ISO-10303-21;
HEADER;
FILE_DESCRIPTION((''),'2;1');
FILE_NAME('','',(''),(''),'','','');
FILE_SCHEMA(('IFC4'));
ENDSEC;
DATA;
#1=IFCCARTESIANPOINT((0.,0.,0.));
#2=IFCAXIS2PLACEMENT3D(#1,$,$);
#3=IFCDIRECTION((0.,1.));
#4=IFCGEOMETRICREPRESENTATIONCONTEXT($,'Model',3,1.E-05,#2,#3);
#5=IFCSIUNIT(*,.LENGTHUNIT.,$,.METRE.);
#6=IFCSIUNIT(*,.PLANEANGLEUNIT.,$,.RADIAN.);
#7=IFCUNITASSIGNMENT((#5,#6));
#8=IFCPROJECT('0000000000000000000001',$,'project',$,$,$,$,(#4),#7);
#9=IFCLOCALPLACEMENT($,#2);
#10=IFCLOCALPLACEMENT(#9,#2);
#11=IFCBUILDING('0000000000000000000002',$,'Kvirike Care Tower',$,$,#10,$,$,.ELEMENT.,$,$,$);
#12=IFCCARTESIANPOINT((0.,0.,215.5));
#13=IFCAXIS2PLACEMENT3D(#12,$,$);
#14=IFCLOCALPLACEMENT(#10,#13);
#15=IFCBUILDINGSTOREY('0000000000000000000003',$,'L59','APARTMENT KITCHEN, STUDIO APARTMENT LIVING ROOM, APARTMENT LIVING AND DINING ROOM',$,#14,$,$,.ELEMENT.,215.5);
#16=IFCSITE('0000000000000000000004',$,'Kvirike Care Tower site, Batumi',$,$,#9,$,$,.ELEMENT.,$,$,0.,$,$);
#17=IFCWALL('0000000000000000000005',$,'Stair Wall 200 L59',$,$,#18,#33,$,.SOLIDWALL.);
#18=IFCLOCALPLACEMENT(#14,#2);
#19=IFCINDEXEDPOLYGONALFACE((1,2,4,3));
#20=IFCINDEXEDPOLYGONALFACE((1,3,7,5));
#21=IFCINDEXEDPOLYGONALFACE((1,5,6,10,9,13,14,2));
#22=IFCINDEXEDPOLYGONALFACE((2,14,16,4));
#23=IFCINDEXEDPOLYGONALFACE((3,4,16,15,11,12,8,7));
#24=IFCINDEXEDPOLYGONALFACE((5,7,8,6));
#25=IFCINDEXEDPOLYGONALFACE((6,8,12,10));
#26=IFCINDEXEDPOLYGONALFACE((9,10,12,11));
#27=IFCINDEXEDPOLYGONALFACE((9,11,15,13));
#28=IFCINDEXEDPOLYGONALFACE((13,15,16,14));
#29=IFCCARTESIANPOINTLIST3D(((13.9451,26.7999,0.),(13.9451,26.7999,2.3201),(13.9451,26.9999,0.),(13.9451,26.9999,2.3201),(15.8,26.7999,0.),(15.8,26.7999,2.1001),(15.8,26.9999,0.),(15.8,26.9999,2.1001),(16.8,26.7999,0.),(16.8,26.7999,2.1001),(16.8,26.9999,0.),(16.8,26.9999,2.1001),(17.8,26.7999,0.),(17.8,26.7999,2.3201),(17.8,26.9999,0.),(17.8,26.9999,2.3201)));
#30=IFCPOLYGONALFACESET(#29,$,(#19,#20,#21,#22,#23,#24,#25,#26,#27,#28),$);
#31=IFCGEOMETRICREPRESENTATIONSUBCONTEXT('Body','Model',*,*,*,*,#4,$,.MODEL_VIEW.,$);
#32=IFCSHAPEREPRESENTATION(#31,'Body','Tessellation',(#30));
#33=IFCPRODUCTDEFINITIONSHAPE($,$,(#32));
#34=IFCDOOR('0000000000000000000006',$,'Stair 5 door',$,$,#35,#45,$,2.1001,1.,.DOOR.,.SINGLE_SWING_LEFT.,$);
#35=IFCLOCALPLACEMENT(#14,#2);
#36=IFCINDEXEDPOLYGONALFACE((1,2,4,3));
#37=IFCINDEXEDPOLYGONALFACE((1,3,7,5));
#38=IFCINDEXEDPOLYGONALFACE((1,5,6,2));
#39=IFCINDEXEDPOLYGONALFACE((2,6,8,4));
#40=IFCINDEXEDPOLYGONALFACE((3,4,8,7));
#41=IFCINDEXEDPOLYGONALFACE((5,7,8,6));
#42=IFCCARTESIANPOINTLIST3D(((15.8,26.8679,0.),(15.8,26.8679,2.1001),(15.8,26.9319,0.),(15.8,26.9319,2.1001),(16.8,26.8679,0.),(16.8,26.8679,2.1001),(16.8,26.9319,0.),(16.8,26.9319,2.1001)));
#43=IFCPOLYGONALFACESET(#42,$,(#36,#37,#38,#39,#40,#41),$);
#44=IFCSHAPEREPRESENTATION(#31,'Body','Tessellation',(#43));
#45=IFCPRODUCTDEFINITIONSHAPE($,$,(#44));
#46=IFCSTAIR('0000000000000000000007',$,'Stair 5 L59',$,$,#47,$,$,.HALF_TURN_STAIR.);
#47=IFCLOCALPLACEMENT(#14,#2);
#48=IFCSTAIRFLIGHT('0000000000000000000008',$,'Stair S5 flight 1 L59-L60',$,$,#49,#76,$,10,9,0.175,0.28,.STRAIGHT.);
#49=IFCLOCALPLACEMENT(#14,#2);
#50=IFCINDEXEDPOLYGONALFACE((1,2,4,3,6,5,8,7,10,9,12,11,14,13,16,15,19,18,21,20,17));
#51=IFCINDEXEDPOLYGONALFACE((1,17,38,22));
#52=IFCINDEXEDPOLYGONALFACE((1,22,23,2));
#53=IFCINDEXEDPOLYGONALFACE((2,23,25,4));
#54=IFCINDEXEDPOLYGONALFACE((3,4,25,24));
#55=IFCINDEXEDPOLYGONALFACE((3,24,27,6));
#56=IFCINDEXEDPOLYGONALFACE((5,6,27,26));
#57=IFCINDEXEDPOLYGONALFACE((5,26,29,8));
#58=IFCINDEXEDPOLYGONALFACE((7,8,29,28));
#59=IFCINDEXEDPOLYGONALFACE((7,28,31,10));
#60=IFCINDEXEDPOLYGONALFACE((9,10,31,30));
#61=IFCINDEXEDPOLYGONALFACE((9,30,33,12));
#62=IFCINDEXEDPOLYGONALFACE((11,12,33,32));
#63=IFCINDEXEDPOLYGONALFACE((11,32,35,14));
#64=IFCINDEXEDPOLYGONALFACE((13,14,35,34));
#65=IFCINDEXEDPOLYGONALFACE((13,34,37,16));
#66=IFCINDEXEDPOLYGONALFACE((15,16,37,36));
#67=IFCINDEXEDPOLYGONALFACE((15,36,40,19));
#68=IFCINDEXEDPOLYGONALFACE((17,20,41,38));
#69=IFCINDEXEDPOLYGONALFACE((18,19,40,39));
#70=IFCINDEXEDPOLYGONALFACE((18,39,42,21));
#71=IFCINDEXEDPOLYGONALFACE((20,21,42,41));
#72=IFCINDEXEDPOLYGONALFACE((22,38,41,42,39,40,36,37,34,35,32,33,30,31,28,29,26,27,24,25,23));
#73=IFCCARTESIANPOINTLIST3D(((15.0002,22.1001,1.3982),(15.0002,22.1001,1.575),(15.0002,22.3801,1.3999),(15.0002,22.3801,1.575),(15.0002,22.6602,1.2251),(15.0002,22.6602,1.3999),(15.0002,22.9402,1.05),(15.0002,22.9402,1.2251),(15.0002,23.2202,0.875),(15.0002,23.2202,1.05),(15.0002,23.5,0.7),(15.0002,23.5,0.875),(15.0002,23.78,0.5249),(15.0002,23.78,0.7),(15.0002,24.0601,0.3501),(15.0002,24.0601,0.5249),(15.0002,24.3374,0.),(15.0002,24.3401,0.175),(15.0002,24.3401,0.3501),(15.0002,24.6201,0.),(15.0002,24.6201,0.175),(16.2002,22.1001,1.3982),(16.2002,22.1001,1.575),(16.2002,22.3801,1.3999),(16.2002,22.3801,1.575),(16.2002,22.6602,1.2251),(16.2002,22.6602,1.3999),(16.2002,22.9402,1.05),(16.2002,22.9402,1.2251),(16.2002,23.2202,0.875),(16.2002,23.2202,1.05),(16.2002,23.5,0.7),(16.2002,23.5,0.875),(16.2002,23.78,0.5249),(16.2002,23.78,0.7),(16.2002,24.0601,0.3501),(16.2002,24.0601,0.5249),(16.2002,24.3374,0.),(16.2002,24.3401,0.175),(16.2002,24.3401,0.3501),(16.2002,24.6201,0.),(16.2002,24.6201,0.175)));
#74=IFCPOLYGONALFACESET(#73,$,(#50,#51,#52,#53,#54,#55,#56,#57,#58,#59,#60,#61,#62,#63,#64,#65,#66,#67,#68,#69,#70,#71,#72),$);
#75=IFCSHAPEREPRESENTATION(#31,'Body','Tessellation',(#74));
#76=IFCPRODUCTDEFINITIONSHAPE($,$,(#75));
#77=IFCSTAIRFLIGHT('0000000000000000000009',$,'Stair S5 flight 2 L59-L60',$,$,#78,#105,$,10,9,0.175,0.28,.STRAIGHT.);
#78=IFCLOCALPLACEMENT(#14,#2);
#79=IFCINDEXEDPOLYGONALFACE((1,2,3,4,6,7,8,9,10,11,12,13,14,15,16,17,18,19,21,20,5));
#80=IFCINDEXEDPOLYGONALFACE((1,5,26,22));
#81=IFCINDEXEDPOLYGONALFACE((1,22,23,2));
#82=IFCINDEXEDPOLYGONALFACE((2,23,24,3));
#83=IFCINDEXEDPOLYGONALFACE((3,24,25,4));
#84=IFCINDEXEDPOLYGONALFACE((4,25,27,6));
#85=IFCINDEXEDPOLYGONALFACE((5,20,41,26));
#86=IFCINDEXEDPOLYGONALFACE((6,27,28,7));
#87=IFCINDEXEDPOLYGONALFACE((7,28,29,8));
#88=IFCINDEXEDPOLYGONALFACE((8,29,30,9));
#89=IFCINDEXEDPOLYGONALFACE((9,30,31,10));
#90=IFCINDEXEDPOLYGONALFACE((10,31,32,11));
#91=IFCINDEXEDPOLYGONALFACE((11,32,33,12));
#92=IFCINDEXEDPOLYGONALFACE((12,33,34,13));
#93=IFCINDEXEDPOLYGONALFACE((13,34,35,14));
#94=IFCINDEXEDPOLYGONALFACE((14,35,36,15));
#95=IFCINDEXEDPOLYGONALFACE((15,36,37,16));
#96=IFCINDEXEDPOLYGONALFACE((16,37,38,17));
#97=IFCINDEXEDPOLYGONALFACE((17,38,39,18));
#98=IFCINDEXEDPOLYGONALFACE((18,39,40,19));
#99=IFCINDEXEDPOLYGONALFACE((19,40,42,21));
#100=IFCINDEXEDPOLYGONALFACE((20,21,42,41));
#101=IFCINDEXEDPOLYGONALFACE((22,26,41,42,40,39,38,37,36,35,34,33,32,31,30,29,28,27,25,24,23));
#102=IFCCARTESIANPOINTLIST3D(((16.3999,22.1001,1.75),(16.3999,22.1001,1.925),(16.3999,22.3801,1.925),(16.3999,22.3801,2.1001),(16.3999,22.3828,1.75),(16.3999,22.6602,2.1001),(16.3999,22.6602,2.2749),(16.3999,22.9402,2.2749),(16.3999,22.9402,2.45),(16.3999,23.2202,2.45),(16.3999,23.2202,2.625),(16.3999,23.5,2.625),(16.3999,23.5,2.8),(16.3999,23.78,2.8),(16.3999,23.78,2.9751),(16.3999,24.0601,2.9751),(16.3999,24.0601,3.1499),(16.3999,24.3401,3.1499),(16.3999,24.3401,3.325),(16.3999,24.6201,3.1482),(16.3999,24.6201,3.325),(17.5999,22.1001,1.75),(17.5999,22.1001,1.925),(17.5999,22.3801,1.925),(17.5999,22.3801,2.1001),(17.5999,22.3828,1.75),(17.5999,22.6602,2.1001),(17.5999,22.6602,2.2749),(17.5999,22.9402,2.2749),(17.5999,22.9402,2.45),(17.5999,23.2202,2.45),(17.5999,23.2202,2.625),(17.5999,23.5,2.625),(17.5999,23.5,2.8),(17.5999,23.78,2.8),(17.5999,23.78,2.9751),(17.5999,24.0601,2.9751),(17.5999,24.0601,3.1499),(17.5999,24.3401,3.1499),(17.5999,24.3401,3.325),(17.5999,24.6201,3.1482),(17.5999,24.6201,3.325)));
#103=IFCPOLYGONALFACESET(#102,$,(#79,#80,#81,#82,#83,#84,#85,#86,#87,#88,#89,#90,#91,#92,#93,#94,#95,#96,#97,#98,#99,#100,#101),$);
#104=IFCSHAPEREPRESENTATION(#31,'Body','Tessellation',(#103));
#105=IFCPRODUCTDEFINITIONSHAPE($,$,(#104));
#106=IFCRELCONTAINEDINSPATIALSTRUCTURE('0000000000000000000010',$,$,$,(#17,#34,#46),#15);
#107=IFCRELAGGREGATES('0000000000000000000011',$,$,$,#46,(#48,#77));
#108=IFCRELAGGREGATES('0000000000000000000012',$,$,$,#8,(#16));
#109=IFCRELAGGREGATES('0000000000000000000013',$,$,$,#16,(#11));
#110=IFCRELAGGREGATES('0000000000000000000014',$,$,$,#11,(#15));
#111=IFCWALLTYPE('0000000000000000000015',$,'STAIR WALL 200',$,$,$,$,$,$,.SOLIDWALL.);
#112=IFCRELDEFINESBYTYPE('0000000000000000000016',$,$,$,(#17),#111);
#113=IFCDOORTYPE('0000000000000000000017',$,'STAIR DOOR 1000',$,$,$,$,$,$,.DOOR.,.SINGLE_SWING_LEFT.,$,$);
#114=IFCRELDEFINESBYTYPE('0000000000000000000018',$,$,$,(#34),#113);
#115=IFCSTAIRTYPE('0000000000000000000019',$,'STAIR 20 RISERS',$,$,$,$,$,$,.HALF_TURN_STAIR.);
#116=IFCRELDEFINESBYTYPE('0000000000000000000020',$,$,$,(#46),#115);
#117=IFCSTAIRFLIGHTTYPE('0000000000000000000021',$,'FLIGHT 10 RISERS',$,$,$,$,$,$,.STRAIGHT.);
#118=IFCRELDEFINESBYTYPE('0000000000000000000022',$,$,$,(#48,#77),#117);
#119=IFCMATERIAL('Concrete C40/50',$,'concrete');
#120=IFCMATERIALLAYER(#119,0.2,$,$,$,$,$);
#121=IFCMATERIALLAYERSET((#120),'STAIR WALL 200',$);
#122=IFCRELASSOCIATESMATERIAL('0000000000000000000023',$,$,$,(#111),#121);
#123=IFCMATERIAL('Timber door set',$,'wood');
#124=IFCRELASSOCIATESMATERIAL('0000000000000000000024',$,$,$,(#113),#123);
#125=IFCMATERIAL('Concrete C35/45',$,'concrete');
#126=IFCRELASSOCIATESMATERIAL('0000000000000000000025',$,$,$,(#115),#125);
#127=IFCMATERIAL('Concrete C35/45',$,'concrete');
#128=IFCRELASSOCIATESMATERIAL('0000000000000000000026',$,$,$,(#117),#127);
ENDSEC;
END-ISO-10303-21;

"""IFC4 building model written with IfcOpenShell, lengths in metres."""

from ifc_helpers import new_model, si_unit, direction, frame, frame_2d, origin, place, context, subcontext, project, spatial, polyline, rectangle, outline, extrude, material, layer, layer_set, type_object, element, fill, aggregate, save


model = new_model("IFC4")

# Units and contexts
model_context = context("Model", 3, precision=1e-05, world=origin(), true_north=direction((0.0, 1.0)))
body_context = subcontext(model_context, "Body", "Model", "MODEL_VIEW")
ifc_project = project(units=[si_unit("LENGTHUNIT", "METRE"), si_unit("PLANEANGLEUNIT", "RADIAN")], contexts=[model_context])

# Site, building, storey
site_placement = place(None, origin())
site = spatial("IfcSite", under=ifc_project, at=site_placement, Name="Kvirike Care Tower site, Batumi", CompositionType="ELEMENT", RefElevation=0.0)
building_placement = place(site_placement, origin())
building = spatial("IfcBuilding", under=site, at=building_placement, Name="Kvirike Care Tower", CompositionType="ELEMENT")
storey_placement = place(building_placement, frame((0.0, 0.0, 215.5)))
storey = spatial("IfcBuildingStorey", under=building, at=storey_placement, Name="L59", Description="APARTMENT KITCHEN, STUDIO APARTMENT LIVING ROOM, APARTMENT LIVING AND DINING ROOM", CompositionType="ELEMENT", Elevation=215.5)

# Shared definitions
ifc_material_1 = material(Name="Concrete C40/50", Category="concrete")
ifc_layer_1 = layer(ifc_material_1, 0.2)
ifc_layer_set_1 = layer_set([ifc_layer_1], Name="STAIR WALL 200")
wall_type_1 = type_object("IfcWallType", Name="STAIR WALL 200", PredefinedType="SOLIDWALL", material=ifc_layer_set_1)

# Wall, opening, door
wall_1_placement = place(storey_placement, frame((13.9451, 26.8999, 0.0), z_axis=(0.0, 0.0, 1.0), x_axis=(1.0, 0.0, 0.0)))
wall_1 = element("IfcWall", 1, at=wall_1_placement, inside=storey, type_object=wall_type_1, Name="Stair Wall 200 L59", PredefinedType="SOLIDWALL", context=body_context, shape_type="SweptSolid", body=[
    extrude(rectangle(XDim=3.855, YDim=0.2, at=frame_2d((1.9275, 0.0))), origin(), (0.0, 0.0, 1.0), 2.3201),
])
opening_1_placement = place(wall_1_placement, frame((1.855, 0.0, 0.0)))
opening_1 = element("IfcOpeningElement", 2, at=opening_1_placement, cuts=wall_1, PredefinedType="OPENING", context=body_context, shape_type="SweptSolid", body=[
    extrude(rectangle(XDim=1.0, YDim=2.1001, at=frame_2d((0.5, 1.05))), frame((0.0, 0.1106, 0.0), z_axis=(0.0, -1.0, 0.0), x_axis=(1.0, 0.0, 0.0)), (0.0, 0.0, 1.0), 0.2209),
])
ifc_material_2 = material(Name="Timber door set", Category="wood")
door_type_1 = type_object("IfcDoorType", Name="STAIR DOOR 1000", OperationType="SINGLE_SWING_LEFT", PredefinedType="DOOR", material=ifc_material_2)
door_1_placement = place(opening_1_placement, frame((1.0, 0.0, 0.0), z_axis=(0.0, 0.0, 1.0), x_axis=(-1.0, 0.0, 0.0)))
door_1 = element("IfcDoor", 3, at=door_1_placement, inside=storey, type_object=door_type_1, Name="Stair 5 door", OperationType="SINGLE_SWING_LEFT", OverallHeight=2.1001, OverallWidth=1.0, PredefinedType="DOOR", context=body_context, shape_type="SweptSolid", body=[
    extrude(rectangle(XDim=1.0, YDim=2.1001, at=frame_2d((0.5, 1.05))), frame((0.0, 0.032, 0.0), z_axis=(0.0, -1.0, 0.0), x_axis=(1.0, 0.0, 0.0)), (0.0, 0.0, 1.0), 0.064),
])
fill(opening_1, door_1)

# Stair, stair flights
ifc_material_3 = material(Name="Concrete C35/45", Category="concrete")
stair_type = type_object("IfcStairType", Name="STAIR 20 RISERS", PredefinedType="HALF_TURN_STAIR", material=ifc_material_3)
stair_placement = place(storey_placement, origin())
stair = element("IfcStair", 4, at=stair_placement, inside=storey, type_object=stair_type, Name="Stair 5 L59", PredefinedType="HALF_TURN_STAIR")
ifc_material_4 = material(Name="Concrete C35/45", Category="concrete")
stair_flight_type = type_object("IfcStairFlightType", Name="FLIGHT 10 RISERS", PredefinedType="STRAIGHT", material=ifc_material_4)
stair_flight_1_placement = place(storey_placement, frame((15.6001, 24.6201, 0.0), z_axis=(0.0, 0.0, 1.0), x_axis=(0.0, -1.0, 0.0)))
stair_flight_1 = element("IfcStairFlight", 5, at=stair_flight_1_placement, type_object=stair_flight_type, Name="Stair S5 flight 1 L59-L60", NumberOfRisers=10, NumberOfTreads=9, PredefinedType="STRAIGHT", RiserHeight=0.175, TreadLength=0.28, context=body_context, shape_type="SweptSolid", body=[
    extrude(outline(polyline([(0.0, 0.0), (0.0, 0.175), (0.28, 0.175), (0.28, 0.3501), (0.5601, 0.3501), (0.5601, 0.5249), (0.8401, 0.5249), (0.8401, 0.7), (1.1201, 0.7), (1.1201, 0.875), (1.3999, 0.875), (1.3999, 1.05), (1.6799, 1.05), (1.6799, 1.2251), (1.96, 1.2251), (1.96, 1.3999), (2.24, 1.3999), (2.24, 1.575), (2.52, 1.575), (2.52, 1.75), (2.52, 1.3982), (0.2827, 0.0), (0.0, 0.0)])), frame((0.0, 0.6001, 0.0), z_axis=(0.0, -1.0, 0.0), x_axis=(1.0, 0.0, 0.0)), (0.0, 0.0, 1.0), 1.2),
])
stair_flight_2_placement = place(storey_placement, frame((17.0, 22.1001, 1.75), z_axis=(0.0, 0.0, 1.0), x_axis=(0.0, 1.0, 0.0)))
stair_flight_2 = element("IfcStairFlight", 6, at=stair_flight_2_placement, type_object=stair_flight_type, Name="Stair S5 flight 2 L59-L60", NumberOfRisers=10, NumberOfTreads=9, PredefinedType="STRAIGHT", RiserHeight=0.175, TreadLength=0.28, context=body_context, shape_type="SweptSolid", body=[
    extrude(outline(polyline([(0.0, 0.0), (0.0, 0.175), (0.28, 0.175), (0.28, 0.3501), (0.5601, 0.3501), (0.5601, 0.5249), (0.8401, 0.5249), (0.8401, 0.7), (1.1201, 0.7), (1.1201, 0.875), (1.3999, 0.875), (1.3999, 1.05), (1.6799, 1.05), (1.6799, 1.2251), (1.96, 1.2251), (1.96, 1.3999), (2.24, 1.3999), (2.24, 1.575), (2.52, 1.575), (2.52, 1.75), (2.52, 1.3982), (0.2827, 0.0), (0.0, 0.0)])), frame((0.0, 0.6001, 0.0), z_axis=(0.0, -1.0, 0.0), x_axis=(1.0, 0.0, 0.0)), (0.0, 0.0, 1.0), 1.2),
])
aggregate(stair, [stair_flight_1, stair_flight_2])

save(model, "model.ifc")
